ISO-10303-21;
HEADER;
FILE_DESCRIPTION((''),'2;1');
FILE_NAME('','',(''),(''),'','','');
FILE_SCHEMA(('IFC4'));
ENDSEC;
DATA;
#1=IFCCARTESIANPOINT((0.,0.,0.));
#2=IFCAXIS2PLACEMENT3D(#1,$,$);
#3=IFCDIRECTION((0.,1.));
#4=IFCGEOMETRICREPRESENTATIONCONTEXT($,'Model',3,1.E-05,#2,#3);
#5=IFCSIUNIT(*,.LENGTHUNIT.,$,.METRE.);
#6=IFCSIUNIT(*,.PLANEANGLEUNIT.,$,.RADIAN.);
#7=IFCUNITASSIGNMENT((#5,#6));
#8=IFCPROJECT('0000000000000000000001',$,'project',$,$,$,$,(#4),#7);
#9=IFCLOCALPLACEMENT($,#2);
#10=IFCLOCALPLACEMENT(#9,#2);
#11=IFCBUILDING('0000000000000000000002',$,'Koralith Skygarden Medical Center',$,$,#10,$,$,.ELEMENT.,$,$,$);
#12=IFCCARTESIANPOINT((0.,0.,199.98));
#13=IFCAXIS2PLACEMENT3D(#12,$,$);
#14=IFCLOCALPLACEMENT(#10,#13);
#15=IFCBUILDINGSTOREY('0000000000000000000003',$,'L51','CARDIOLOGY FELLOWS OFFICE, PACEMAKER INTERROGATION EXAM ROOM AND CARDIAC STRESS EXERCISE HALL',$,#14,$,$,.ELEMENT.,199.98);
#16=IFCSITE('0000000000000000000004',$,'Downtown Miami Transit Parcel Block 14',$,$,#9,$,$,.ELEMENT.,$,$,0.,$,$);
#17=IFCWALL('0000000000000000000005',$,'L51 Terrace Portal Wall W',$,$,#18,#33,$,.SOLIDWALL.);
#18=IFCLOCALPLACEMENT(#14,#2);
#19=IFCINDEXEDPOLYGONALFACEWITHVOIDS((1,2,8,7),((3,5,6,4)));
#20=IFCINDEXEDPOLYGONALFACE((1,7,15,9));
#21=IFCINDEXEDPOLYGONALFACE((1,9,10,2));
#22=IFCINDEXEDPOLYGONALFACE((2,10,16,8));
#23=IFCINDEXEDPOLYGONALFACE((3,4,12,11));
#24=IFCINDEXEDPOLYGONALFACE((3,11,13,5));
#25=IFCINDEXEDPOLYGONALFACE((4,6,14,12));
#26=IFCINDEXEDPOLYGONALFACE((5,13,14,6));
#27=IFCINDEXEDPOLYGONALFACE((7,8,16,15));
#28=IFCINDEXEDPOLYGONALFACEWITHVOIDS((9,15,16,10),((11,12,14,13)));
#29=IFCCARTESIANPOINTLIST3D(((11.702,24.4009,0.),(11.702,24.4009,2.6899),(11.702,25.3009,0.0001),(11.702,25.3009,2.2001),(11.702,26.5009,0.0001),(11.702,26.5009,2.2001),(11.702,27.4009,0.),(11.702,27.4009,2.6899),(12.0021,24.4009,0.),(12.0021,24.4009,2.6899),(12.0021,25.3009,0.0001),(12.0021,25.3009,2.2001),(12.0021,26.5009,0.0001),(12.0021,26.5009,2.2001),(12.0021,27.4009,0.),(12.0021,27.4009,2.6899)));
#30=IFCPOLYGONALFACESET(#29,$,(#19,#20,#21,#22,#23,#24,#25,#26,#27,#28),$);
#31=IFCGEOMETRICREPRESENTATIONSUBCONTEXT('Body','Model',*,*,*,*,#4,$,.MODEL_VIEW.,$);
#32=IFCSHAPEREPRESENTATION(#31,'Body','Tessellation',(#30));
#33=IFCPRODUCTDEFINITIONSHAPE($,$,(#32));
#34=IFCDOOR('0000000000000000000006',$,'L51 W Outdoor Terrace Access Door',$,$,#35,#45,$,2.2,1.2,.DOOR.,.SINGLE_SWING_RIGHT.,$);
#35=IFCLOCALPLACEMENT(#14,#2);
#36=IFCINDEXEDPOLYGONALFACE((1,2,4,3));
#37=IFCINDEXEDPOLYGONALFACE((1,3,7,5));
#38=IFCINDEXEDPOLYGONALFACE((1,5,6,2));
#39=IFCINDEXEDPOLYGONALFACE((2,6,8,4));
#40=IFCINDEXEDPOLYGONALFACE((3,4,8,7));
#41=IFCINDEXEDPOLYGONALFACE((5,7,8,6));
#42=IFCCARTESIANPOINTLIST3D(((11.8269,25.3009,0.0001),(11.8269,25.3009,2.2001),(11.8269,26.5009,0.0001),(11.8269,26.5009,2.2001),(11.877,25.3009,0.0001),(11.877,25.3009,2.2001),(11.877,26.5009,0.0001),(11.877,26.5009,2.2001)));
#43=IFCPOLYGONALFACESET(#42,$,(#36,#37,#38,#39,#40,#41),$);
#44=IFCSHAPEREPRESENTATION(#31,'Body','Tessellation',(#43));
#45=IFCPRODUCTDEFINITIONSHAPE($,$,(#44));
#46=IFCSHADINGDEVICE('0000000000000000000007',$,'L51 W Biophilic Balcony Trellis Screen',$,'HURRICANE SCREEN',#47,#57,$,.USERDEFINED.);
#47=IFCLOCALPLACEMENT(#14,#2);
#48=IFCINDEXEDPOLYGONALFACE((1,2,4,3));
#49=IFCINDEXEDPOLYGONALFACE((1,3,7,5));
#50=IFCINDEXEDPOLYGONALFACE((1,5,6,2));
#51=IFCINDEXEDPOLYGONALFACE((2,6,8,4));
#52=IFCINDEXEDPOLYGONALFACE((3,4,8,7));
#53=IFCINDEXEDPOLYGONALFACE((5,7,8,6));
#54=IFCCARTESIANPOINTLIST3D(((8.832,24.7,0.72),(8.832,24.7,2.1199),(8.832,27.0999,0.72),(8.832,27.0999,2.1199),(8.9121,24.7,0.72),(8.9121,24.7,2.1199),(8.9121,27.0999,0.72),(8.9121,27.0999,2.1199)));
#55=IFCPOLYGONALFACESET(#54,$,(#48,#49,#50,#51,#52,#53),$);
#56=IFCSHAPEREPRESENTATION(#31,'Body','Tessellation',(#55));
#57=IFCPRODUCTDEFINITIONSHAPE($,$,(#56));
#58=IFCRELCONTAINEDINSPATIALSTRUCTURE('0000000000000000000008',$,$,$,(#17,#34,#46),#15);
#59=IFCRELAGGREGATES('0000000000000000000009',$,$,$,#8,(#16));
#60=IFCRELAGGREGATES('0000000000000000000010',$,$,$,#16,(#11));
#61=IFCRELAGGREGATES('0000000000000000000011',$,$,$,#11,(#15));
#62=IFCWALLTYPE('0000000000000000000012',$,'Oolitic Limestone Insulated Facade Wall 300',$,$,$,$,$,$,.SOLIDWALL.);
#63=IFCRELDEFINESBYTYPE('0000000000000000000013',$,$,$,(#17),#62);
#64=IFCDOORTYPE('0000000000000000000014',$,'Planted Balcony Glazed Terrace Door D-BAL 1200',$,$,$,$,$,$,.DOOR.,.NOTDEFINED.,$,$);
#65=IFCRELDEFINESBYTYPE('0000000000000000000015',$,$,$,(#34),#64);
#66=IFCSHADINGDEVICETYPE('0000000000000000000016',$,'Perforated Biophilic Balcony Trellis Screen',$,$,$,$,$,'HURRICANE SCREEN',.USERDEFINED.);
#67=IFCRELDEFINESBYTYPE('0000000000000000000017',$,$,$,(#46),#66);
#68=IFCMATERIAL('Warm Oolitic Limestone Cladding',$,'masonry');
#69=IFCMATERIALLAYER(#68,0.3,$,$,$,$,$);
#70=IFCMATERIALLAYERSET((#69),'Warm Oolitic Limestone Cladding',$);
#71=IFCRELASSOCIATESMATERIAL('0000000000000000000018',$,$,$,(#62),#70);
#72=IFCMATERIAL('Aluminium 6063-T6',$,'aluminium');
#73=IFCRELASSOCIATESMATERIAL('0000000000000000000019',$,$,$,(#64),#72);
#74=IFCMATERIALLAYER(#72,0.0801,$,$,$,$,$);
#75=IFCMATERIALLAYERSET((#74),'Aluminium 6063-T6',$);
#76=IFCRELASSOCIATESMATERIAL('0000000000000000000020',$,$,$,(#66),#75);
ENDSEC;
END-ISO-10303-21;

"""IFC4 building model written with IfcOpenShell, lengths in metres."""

from ifc_helpers import new_model, si_unit, direction, frame, frame_2d, origin, origin_2d, place, context, subcontext, project, spatial, rectangle, extrude, material, layer, layer_set, type_object, element, fill, save


model = new_model("IFC4")

# Units and contexts
model_context = context("Model", 3, precision=1e-05, world=origin(), true_north=direction((0.0, 1.0)))
body_context = subcontext(model_context, "Body", "Model", "MODEL_VIEW")
ifc_project = project(units=[si_unit("LENGTHUNIT", "METRE"), si_unit("PLANEANGLEUNIT", "RADIAN")], contexts=[model_context])

# Site, building, storey
site_placement = place(None, origin())
site = spatial("IfcSite", under=ifc_project, at=site_placement, Name="Downtown Miami Transit Parcel Block 14", CompositionType="ELEMENT", RefElevation=0.0)
building_placement = place(site_placement, origin())
building = spatial("IfcBuilding", under=site, at=building_placement, Name="Koralith Skygarden Medical Center", CompositionType="ELEMENT")
storey_placement = place(building_placement, frame((0.0, 0.0, 199.98)))
storey = spatial("IfcBuildingStorey", under=building, at=storey_placement, Name="L51", Description="CARDIOLOGY FELLOWS OFFICE, PACEMAKER INTERROGATION EXAM ROOM AND CARDIAC STRESS EXERCISE HALL", CompositionType="ELEMENT", Elevation=199.98)

# Shared definitions
ifc_material_1 = material(Name="Aluminium 6063-T6", Category="aluminium")

# Shared definitions
ifc_material_2 = material(Name="Warm Oolitic Limestone Cladding", Category="masonry")

# Wall, opening, door
ifc_layer_1 = layer(ifc_material_2, 0.3)
ifc_layer_set_1 = layer_set([ifc_layer_1], Name="Warm Oolitic Limestone Cladding")
wall_type_1 = type_object("IfcWallType", Name="Oolitic Limestone Insulated Facade Wall 300", PredefinedType="SOLIDWALL", material=ifc_layer_set_1)
wall_1_placement = place(storey_placement, frame((11.8521, 27.4009, 0.0), z_axis=(0.0, 0.0, 1.0), x_axis=(0.0, -1.0, 0.0)))
wall_1 = element("IfcWall", 1, at=wall_1_placement, inside=storey, type_object=wall_type_1, Name="L51 Terrace Portal Wall W", PredefinedType="SOLIDWALL", context=body_context, shape_type="SweptSolid", body=[
    extrude(rectangle(XDim=3.0, YDim=0.3, at=frame_2d((1.5, 0.0))), origin(), (0.0, 0.0, 1.0), 2.6899),
])
opening_1_placement = place(wall_1_placement, frame((0.8999, 0.0, 0.0)))
opening_1 = element("IfcOpeningElement", 2, at=opening_1_placement, cuts=wall_1, PredefinedType="OPENING", context=body_context, shape_type="SweptSolid", body=[
    extrude(rectangle(XDim=1.2, YDim=2.2, at=frame_2d((0.6001, 1.1001))), frame((0.0, 0.1599, 0.0), z_axis=(0.0, -1.0, 0.0), x_axis=(1.0, 0.0, 0.0)), (0.0, 0.0, 1.0), 0.3201),
])
door_type_1 = type_object("IfcDoorType", Name="Planted Balcony Glazed Terrace Door D-BAL 1200", OperationType="NOTDEFINED", PredefinedType="DOOR", material=ifc_material_1)
door_1_placement = place(opening_1_placement, origin())
door_1 = element("IfcDoor", 3, at=door_1_placement, inside=storey, type_object=door_type_1, Name="L51 W Outdoor Terrace Access Door", OperationType="SINGLE_SWING_RIGHT", OverallHeight=2.2, OverallWidth=1.2, PredefinedType="DOOR", context=body_context, shape_type="SweptSolid", body=[
    extrude(rectangle(XDim=1.2, YDim=2.2, at=frame_2d((0.6001, 1.1001))), frame((0.0, 0.0249, 0.0), z_axis=(0.0, -1.0, 0.0), x_axis=(1.0, 0.0, 0.0)), (0.0, 0.0, 1.0), 0.05),
])
fill(opening_1, door_1)

# Shading device
ifc_layer_2 = layer(ifc_material_1, 0.0801)
ifc_layer_set_2 = layer_set([ifc_layer_2], Name="Aluminium 6063-T6")
shading_device_type = type_object("IfcShadingDeviceType", Name="Perforated Biophilic Balcony Trellis Screen", ElementType="HURRICANE SCREEN", PredefinedType="USERDEFINED", material=ifc_layer_set_2)
shading_device_placement = place(storey_placement, frame((8.8721, 25.8999, 0.72), z_axis=(0.0, 0.0, 1.0), x_axis=(0.0, 1.0, 0.0)))
element("IfcShadingDevice", 4, at=shading_device_placement, inside=storey, type_object=shading_device_type, Name="L51 W Biophilic Balcony Trellis Screen", ObjectType="HURRICANE SCREEN", PredefinedType="USERDEFINED", context=body_context, shape_type="SweptSolid", body=[
    extrude(rectangle(XDim=2.3999, YDim=0.0801, at=origin_2d()), origin(), (0.0, 0.0, 1.0), 1.3999),
])

save(model, "model.ifc")
